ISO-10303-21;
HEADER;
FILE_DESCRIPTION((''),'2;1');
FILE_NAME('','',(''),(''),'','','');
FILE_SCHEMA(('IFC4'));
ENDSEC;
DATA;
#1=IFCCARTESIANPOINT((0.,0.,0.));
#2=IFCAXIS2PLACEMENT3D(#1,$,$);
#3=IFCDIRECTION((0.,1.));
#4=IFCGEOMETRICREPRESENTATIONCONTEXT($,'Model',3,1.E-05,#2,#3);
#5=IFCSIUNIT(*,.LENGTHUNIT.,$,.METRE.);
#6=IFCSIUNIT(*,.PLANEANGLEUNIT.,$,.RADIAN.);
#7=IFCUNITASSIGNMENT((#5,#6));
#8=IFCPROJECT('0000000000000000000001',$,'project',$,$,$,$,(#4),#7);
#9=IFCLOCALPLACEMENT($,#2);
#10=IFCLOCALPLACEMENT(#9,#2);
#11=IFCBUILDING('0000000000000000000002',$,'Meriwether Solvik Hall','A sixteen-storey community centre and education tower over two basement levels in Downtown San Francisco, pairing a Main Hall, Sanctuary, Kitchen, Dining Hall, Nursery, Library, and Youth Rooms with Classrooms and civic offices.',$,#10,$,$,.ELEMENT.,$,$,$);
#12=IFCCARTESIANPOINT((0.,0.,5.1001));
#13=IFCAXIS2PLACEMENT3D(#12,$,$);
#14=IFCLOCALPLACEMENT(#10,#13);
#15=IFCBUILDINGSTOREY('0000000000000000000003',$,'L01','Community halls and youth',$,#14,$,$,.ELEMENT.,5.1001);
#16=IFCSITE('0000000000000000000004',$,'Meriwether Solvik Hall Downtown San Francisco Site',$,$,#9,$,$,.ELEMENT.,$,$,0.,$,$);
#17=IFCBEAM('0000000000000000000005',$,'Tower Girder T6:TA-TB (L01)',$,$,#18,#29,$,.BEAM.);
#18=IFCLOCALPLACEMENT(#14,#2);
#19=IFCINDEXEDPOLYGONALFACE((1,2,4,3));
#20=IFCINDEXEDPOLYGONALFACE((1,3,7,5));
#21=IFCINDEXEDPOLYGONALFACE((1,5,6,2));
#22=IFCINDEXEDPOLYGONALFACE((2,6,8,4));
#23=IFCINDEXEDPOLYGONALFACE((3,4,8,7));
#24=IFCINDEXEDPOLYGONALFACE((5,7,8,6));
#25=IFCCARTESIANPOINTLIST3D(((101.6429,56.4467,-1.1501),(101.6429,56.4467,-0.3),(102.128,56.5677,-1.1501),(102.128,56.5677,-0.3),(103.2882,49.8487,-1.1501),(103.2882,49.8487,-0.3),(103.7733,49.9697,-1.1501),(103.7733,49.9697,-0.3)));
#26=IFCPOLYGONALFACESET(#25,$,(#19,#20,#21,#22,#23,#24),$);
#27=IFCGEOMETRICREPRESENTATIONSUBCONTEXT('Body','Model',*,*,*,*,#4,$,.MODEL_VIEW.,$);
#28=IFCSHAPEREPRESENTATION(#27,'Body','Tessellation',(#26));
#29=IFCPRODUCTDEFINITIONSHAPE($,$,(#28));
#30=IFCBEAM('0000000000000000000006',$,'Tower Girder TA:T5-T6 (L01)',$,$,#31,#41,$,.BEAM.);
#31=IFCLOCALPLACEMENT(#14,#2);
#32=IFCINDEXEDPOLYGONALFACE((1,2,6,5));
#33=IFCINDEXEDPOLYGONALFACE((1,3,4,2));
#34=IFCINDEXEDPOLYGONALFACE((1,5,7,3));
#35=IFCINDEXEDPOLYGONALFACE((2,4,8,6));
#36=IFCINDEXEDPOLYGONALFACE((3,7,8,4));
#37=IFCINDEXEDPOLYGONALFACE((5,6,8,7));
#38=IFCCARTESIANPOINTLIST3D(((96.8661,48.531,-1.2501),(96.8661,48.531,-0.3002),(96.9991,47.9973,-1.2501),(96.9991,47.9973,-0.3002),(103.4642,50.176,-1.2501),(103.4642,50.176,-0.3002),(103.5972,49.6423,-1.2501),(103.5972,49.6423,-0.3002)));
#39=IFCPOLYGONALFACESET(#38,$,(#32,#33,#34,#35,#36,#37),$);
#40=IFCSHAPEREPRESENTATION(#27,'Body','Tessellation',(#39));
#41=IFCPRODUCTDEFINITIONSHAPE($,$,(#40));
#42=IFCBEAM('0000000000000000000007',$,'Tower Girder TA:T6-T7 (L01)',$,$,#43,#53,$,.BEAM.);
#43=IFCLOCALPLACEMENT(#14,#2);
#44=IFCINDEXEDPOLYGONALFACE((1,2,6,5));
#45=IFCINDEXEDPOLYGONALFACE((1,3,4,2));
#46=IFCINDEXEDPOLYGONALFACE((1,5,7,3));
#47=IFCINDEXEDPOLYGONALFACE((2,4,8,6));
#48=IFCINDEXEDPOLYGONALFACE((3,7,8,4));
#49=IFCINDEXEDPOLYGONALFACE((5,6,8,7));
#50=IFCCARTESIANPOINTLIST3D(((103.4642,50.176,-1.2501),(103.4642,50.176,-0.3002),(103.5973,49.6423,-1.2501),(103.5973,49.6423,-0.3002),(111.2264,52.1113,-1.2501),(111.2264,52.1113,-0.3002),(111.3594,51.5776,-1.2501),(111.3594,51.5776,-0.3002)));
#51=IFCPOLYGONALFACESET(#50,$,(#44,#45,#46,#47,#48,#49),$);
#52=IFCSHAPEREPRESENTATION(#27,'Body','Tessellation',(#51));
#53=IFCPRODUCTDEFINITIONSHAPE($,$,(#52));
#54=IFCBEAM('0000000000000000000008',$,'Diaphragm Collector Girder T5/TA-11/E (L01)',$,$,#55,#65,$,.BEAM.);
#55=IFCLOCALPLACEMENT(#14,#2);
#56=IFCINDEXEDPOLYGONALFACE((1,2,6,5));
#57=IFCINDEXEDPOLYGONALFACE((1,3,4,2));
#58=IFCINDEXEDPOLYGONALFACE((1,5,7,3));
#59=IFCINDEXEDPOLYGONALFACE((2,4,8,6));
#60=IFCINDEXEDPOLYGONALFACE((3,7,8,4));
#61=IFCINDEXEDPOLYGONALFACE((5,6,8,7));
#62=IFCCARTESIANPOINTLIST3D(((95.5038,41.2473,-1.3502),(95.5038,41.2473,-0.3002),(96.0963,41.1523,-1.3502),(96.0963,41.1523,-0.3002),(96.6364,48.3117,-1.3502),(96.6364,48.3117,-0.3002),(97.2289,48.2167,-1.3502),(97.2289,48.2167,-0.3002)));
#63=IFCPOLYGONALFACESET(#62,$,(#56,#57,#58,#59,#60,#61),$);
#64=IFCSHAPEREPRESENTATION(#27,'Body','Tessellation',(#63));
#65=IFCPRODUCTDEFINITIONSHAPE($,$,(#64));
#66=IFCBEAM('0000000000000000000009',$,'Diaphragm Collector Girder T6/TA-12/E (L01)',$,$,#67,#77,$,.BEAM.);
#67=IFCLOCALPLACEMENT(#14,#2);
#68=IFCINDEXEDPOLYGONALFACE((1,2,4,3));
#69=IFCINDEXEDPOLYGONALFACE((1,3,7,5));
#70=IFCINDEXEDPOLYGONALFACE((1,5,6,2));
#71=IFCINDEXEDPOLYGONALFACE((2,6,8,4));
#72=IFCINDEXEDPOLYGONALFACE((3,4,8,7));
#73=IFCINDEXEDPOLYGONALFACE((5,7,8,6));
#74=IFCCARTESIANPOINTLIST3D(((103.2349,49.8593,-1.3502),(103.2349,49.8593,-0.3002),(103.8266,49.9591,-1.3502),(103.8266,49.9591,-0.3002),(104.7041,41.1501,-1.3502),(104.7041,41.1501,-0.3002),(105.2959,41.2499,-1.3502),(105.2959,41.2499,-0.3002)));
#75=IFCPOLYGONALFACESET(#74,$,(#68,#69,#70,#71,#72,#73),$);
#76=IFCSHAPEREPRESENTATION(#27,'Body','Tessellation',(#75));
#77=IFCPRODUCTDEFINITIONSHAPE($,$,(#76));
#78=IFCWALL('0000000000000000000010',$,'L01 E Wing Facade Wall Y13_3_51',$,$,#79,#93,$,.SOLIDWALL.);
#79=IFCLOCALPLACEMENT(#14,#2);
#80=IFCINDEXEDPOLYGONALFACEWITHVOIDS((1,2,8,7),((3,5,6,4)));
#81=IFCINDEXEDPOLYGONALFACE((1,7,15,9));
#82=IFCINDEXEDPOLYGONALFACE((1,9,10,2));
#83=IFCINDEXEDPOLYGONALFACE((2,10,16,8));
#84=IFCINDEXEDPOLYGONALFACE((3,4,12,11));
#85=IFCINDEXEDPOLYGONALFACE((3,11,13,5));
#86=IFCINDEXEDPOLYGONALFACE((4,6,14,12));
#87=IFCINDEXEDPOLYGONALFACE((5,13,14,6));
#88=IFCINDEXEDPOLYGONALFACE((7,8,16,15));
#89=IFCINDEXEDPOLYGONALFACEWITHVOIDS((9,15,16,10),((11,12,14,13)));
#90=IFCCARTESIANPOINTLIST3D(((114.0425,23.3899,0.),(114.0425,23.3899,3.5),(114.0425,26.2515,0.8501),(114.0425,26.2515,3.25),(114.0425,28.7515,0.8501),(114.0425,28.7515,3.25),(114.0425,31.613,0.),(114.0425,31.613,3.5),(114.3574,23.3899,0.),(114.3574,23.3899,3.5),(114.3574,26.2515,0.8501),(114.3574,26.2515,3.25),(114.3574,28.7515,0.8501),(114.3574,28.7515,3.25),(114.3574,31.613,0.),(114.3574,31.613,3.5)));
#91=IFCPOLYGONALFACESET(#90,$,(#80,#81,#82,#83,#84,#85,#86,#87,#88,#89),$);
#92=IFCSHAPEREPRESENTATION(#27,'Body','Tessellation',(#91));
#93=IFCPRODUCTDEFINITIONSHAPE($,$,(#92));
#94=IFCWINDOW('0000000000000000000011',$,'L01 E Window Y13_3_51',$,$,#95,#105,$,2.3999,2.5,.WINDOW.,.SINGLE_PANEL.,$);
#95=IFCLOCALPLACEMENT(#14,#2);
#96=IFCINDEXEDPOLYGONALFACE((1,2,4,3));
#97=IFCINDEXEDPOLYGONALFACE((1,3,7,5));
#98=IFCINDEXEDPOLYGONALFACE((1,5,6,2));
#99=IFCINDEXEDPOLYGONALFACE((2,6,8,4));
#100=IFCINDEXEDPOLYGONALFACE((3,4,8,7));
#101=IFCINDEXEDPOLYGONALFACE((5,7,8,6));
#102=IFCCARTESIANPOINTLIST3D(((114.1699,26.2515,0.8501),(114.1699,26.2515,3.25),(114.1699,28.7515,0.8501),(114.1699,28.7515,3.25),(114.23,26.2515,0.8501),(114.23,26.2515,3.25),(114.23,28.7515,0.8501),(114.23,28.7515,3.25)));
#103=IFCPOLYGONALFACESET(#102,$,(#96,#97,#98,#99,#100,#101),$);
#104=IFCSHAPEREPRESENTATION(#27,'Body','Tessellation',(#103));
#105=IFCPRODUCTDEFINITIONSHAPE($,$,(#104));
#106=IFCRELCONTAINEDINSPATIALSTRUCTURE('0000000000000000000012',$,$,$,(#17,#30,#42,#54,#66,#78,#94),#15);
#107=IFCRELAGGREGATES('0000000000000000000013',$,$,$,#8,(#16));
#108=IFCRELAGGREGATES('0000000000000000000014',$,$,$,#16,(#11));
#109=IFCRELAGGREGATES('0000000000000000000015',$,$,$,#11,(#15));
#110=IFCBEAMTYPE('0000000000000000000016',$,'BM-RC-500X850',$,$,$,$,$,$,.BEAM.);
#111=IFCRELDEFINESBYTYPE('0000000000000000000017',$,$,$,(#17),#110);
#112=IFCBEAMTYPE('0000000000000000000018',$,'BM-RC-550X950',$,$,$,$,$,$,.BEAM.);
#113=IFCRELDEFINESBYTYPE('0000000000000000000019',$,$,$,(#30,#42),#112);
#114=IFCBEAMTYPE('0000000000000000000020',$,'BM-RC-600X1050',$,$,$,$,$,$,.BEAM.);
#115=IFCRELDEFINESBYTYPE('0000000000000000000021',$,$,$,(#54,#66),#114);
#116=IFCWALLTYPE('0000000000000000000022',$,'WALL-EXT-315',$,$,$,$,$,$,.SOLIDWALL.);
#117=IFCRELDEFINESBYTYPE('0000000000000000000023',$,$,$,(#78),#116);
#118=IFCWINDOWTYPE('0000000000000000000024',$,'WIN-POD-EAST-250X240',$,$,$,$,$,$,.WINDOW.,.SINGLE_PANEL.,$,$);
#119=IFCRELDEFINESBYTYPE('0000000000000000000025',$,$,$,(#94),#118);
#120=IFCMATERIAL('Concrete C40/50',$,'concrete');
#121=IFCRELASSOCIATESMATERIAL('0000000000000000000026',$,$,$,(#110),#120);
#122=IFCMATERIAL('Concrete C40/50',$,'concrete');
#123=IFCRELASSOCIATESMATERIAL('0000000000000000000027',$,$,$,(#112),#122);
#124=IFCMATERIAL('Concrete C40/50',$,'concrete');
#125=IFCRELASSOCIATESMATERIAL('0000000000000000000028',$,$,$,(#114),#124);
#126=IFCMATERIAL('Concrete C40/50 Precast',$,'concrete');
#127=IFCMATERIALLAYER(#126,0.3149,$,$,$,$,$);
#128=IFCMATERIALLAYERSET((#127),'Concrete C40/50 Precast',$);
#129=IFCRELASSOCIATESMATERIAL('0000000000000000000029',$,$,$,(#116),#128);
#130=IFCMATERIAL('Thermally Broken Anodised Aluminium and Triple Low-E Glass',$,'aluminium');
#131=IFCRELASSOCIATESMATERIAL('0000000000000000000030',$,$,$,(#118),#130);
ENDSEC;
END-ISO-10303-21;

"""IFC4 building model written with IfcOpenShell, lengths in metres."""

from ifc_helpers import new_model, si_unit, direction, frame, frame_2d, origin, origin_2d, place, context, subcontext, project, spatial, rectangle, extrude, material, layer, layer_set, material_profile, profile_set, type_object, element, fill, save


model = new_model("IFC4")

# Units and contexts
model_context = context("Model", 3, precision=1e-05, world=origin(), true_north=direction((0.0, 1.0)))
body_context = subcontext(model_context, "Body", "Model", "MODEL_VIEW")
ifc_project = project(units=[si_unit("LENGTHUNIT", "METRE"), si_unit("PLANEANGLEUNIT", "RADIAN")], contexts=[model_context])

# Site, building, storey
site_placement = place(None, origin())
site = spatial("IfcSite", under=ifc_project, at=site_placement, Name="Meriwether Solvik Hall Downtown San Francisco Site", CompositionType="ELEMENT", RefElevation=0.0)
building_placement = place(site_placement, origin())
building = spatial("IfcBuilding", under=site, at=building_placement, Name="Meriwether Solvik Hall", Description="A sixteen-storey community centre and education tower over two basement levels in Downtown San Francisco, pairing a Main Hall, Sanctuary, Kitchen, Dining Hall, Nursery, Library, and Youth Rooms with Classrooms and civic offices.", CompositionType="ELEMENT")
storey_placement = place(building_placement, frame((0.0, 0.0, 5.1001)))
storey = spatial("IfcBuildingStorey", under=building, at=storey_placement, Name="L01", Description="Community halls and youth", CompositionType="ELEMENT", Elevation=5.1001)

# Beams
ifc_material_1 = material(Name="Concrete C40/50", Category="concrete")
ifc_material_profile_1 = material_profile(ifc_material_1, rectangle(XDim=0.5, YDim=0.8501, at=origin_2d()), Name="RCB-500X850")
ifc_profile_set_1 = profile_set([ifc_material_profile_1], Name="Concrete C40/50")
beam_type_1 = type_object("IfcBeamType", Name="BM-RC-500X850", PredefinedType="BEAM", material=ifc_profile_set_1)
beam_1_placement = place(storey_placement, frame((103.5308, 49.9092, -0.7251), z_axis=(-0.241953, 0.970288, 0.0), x_axis=(-0.970288, -0.241953, 0.0)))
element("IfcBeam", 1, at=beam_1_placement, inside=storey, type_object=beam_type_1, Name="Tower Girder T6:TA-TB (L01)", PredefinedType="BEAM", context=body_context, shape_type="SweptSolid", body=[
    extrude(rectangle(XDim=0.5, YDim=0.8501, at=origin_2d()), origin(), (0.0, 0.0, 1.0), 6.8),
])
ifc_material_2 = material(Name="Concrete C40/50", Category="concrete")
ifc_material_profile_2 = material_profile(ifc_material_2, rectangle(XDim=0.55, YDim=0.95, at=origin_2d()), Name="RCB-550X950")
ifc_profile_set_2 = profile_set([ifc_material_profile_2], Name="Concrete C40/50")
beam_type_2 = type_object("IfcBeamType", Name="BM-RC-550X950", PredefinedType="BEAM", material=ifc_profile_set_2)
beam_2_placement = place(storey_placement, frame((96.9326, 48.2642, -0.7751), z_axis=(0.970299, 0.24191, 0.0), x_axis=(-0.24191, 0.970299, 0.0)))
element("IfcBeam", 2, at=beam_2_placement, inside=storey, type_object=beam_type_2, Name="Tower Girder TA:T5-T6 (L01)", PredefinedType="BEAM", context=body_context, shape_type="SweptSolid", body=[
    extrude(rectangle(XDim=0.55, YDim=0.95, at=origin_2d()), origin(), (0.0, 0.0, 1.0), 6.8),
])
beam_3_placement = place(storey_placement, frame((103.5308, 49.9092, -0.7751), z_axis=(0.970297, 0.241918, 0.0), x_axis=(-0.241918, 0.970297, 0.0)))
element("IfcBeam", 3, at=beam_3_placement, inside=storey, type_object=beam_type_2, Name="Tower Girder TA:T6-T7 (L01)", PredefinedType="BEAM", context=body_context, shape_type="SweptSolid", body=[
    extrude(rectangle(XDim=0.55, YDim=0.95, at=origin_2d()), origin(), (0.0, 0.0, 1.0), 7.9998),
])
ifc_material_3 = material(Name="Concrete C40/50", Category="concrete")
ifc_material_profile_3 = material_profile(ifc_material_3, rectangle(XDim=0.6001, YDim=1.05, at=origin_2d()), Name="RCB-600X1050")
ifc_profile_set_3 = profile_set([ifc_material_profile_3], Name="Concrete C40/50")
beam_type_3 = type_object("IfcBeamType", Name="BM-RC-600X1050", PredefinedType="BEAM", material=ifc_profile_set_3)
beam_4_placement = place(storey_placement, frame((96.9326, 48.2642, -0.8252), z_axis=(-0.158303, -0.987391, 0.0), x_axis=(0.987391, -0.158303, 0.0)))
element("IfcBeam", 4, at=beam_4_placement, inside=storey, type_object=beam_type_3, Name="Diaphragm Collector Girder T5/TA-11/E (L01)", PredefinedType="BEAM", context=body_context, shape_type="SweptSolid", body=[
    extrude(rectangle(XDim=0.6001, YDim=1.05, at=origin_2d()), origin(), (0.0, 0.0, 1.0), 7.1545),
])
beam_5_placement = place(storey_placement, frame((103.5308, 49.9092, -0.8252), z_axis=(0.166349, -0.986067, 0.0), x_axis=(0.986067, 0.166349, 0.0)))
element("IfcBeam", 5, at=beam_5_placement, inside=storey, type_object=beam_type_3, Name="Diaphragm Collector Girder T6/TA-12/E (L01)", PredefinedType="BEAM", context=body_context, shape_type="SweptSolid", body=[
    extrude(rectangle(XDim=0.6001, YDim=1.05, at=origin_2d()), origin(), (0.0, 0.0, 1.0), 8.8323),
])

# Wall, opening, window
ifc_material_4 = material(Name="Concrete C40/50 Precast", Category="concrete")
ifc_layer_1 = layer(ifc_material_4, 0.3149)
ifc_layer_set_1 = layer_set([ifc_layer_1], Name="Concrete C40/50 Precast")
wall_type = type_object("IfcWallType", Name="WALL-EXT-315", PredefinedType="SOLIDWALL", material=ifc_layer_set_1)
wall_placement = place(storey_placement, frame((114.2, 31.613, 0.0), z_axis=(0.0, 0.0, 1.0), x_axis=(0.0, -1.0, 0.0)))
wall = element("IfcWall", 6, at=wall_placement, inside=storey, type_object=wall_type, Name="L01 E Wing Facade Wall Y13_3_51", PredefinedType="SOLIDWALL", context=body_context, shape_type="SweptSolid", body=[
    extrude(rectangle(XDim=8.2231, YDim=0.3149, at=frame_2d((4.1116, 0.0))), origin(), (0.0, 0.0, 1.0), 3.5),
])
opening_placement = place(wall_placement, frame((2.8616, 0.0, 0.8501)))
opening = element("IfcOpeningElement", 7, at=opening_placement, cuts=wall, PredefinedType="OPENING", context=body_context, shape_type="SweptSolid", body=[
    extrude(rectangle(XDim=2.5, YDim=2.3999, at=frame_2d((1.25, 1.2))), frame((0.0, 0.1694, 0.0), z_axis=(0.0, -1.0, 0.0), x_axis=(1.0, 0.0, 0.0)), (0.0, 0.0, 1.0), 0.3389),
])
ifc_material_5 = material(Name="Thermally Broken Anodised Aluminium and Triple Low-E Glass", Category="aluminium")
window_type = type_object("IfcWindowType", Name="WIN-POD-EAST-250X240", PartitioningType="SINGLE_PANEL", PredefinedType="WINDOW", material=ifc_material_5)
window_placement = place(opening_placement, origin())
window = element("IfcWindow", 8, at=window_placement, inside=storey, type_object=window_type, Name="L01 E Window Y13_3_51", OverallHeight=2.3999, OverallWidth=2.5, PartitioningType="SINGLE_PANEL", PredefinedType="WINDOW", context=body_context, shape_type="SweptSolid", body=[
    extrude(rectangle(XDim=2.5, YDim=2.3999, at=frame_2d((1.25, 1.2))), frame((0.0, 0.03, 0.0), z_axis=(0.0, -1.0, 0.0), x_axis=(1.0, 0.0, 0.0)), (0.0, 0.0, 1.0), 0.0601),
])
fill(opening, window)

save(model, "model.ifc")
